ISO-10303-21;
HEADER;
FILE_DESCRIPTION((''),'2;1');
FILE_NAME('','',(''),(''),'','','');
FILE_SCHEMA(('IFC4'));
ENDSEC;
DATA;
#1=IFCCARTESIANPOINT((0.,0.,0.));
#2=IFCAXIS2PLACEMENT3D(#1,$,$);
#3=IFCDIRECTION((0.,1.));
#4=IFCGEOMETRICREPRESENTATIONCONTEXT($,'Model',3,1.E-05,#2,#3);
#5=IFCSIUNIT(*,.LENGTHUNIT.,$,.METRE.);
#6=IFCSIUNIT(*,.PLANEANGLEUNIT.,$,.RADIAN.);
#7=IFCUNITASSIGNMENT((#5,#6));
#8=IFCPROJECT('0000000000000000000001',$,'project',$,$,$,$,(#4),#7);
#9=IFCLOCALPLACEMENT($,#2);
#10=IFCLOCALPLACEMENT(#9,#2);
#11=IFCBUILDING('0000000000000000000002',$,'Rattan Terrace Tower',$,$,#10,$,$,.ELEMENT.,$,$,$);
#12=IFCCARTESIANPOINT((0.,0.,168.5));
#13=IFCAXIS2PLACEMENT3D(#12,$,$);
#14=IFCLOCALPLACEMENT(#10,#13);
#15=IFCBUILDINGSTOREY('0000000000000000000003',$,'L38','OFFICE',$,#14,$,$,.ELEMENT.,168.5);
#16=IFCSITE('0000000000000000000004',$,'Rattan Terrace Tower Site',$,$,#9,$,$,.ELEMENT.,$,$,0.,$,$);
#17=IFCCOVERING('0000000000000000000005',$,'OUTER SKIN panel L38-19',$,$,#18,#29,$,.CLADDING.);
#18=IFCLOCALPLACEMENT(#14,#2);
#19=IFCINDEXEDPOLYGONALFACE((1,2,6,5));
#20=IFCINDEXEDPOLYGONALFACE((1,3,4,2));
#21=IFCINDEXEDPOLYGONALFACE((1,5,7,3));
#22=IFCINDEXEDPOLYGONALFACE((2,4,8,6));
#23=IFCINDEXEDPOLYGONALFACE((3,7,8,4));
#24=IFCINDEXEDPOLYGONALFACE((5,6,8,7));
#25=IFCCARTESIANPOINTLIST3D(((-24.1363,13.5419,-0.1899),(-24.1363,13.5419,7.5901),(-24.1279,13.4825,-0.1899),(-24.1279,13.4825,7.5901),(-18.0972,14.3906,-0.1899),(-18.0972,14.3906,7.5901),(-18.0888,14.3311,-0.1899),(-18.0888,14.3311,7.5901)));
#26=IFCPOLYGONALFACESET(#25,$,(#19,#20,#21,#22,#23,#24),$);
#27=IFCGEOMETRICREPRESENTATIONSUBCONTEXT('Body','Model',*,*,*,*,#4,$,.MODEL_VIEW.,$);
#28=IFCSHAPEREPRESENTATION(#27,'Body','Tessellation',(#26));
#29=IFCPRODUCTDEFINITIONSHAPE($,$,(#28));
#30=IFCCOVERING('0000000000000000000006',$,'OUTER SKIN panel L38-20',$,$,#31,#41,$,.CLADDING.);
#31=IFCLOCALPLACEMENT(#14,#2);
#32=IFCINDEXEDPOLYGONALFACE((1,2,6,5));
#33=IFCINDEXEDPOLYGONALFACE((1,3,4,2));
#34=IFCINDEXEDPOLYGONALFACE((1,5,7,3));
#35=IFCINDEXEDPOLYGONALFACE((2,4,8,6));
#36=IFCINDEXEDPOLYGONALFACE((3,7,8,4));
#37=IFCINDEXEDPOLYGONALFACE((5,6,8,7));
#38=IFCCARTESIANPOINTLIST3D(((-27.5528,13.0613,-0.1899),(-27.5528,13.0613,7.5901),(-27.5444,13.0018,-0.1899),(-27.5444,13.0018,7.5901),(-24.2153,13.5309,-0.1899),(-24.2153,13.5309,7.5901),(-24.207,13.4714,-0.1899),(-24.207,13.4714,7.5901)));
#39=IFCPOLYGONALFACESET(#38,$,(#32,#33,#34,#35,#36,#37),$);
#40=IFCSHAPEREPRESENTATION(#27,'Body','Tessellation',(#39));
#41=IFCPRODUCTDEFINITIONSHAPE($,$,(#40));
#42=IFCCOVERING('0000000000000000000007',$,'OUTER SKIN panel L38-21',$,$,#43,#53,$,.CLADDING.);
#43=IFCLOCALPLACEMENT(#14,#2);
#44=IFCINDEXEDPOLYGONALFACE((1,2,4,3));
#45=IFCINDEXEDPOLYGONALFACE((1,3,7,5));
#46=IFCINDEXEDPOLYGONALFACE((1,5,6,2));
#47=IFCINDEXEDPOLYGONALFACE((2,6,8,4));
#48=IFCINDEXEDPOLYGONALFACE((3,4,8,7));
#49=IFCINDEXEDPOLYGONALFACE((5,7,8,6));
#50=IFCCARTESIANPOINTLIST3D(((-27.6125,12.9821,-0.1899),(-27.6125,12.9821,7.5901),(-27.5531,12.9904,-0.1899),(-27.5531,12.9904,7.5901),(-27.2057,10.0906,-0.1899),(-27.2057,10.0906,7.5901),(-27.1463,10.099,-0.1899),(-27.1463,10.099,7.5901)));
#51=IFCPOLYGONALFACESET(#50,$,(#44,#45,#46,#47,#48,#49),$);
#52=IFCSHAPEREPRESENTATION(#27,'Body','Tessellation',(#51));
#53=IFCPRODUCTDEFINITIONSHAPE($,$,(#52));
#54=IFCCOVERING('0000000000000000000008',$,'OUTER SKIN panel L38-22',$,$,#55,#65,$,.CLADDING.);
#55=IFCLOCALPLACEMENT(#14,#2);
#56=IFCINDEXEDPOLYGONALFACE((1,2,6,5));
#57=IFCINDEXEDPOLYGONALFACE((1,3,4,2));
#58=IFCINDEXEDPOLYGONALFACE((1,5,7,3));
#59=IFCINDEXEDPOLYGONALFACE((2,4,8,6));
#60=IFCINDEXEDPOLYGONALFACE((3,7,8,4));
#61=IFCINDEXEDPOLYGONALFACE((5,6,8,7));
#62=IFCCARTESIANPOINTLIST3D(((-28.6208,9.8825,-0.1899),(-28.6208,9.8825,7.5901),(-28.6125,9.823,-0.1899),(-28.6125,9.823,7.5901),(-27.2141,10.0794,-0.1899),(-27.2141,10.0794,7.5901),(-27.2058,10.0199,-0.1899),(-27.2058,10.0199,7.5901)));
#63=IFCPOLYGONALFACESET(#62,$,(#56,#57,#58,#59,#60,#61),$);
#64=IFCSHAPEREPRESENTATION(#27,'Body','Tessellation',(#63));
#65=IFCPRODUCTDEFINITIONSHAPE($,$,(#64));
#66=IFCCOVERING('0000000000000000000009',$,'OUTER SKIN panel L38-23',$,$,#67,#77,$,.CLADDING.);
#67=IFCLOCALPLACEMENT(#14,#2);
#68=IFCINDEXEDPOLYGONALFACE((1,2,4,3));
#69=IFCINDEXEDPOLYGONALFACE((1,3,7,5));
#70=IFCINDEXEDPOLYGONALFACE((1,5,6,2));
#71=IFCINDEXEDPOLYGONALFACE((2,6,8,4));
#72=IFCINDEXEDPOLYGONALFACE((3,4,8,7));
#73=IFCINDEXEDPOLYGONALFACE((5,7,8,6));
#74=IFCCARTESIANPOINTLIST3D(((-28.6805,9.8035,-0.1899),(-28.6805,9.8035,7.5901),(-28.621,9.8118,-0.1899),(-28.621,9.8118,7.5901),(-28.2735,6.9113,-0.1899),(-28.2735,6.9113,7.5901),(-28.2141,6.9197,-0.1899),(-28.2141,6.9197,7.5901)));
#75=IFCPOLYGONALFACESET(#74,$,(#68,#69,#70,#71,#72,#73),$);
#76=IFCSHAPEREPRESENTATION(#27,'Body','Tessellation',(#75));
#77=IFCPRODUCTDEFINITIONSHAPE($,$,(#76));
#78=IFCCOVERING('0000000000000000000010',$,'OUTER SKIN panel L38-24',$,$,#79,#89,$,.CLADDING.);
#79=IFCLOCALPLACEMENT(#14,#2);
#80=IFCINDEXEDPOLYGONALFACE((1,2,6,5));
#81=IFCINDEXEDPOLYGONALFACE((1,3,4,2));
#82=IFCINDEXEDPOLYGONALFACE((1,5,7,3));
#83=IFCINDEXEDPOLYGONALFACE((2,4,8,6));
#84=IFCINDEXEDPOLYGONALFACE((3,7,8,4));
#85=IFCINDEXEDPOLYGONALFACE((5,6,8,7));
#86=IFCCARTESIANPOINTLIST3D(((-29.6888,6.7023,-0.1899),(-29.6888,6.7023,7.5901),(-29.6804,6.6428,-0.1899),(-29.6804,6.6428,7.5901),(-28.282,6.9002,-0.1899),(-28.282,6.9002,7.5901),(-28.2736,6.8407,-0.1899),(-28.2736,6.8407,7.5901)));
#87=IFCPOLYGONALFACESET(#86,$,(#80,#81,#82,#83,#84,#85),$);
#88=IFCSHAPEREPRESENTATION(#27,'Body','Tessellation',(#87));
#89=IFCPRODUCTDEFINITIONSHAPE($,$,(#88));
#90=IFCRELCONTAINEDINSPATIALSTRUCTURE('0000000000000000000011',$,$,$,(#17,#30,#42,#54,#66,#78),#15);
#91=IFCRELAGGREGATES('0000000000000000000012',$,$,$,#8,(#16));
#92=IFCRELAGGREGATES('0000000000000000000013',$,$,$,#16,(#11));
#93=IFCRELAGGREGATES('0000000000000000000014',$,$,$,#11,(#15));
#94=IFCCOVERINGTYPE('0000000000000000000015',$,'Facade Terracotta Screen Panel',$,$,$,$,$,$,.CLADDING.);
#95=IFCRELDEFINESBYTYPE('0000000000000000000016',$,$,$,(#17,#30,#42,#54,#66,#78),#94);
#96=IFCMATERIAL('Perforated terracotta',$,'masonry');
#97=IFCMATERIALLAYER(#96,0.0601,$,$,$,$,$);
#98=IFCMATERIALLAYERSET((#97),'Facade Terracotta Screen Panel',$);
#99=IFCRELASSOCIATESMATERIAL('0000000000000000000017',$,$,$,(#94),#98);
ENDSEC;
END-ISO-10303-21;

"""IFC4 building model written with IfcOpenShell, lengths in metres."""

from ifc_helpers import new_model, si_unit, direction, frame, origin, origin_2d, place, context, subcontext, project, spatial, rectangle, extrude, material, layer, layer_set, type_object, element, save


model = new_model("IFC4")

# Units and contexts
model_context = context("Model", 3, precision=1e-05, world=origin(), true_north=direction((0.0, 1.0)))
body_context = subcontext(model_context, "Body", "Model", "MODEL_VIEW")
ifc_project = project(units=[si_unit("LENGTHUNIT", "METRE"), si_unit("PLANEANGLEUNIT", "RADIAN")], contexts=[model_context])

# Site, building, storey
site_placement = place(None, origin())
site = spatial("IfcSite", under=ifc_project, at=site_placement, Name="Rattan Terrace Tower Site", CompositionType="ELEMENT", RefElevation=0.0)
building_placement = place(site_placement, origin())
building = spatial("IfcBuilding", under=site, at=building_placement, Name="Rattan Terrace Tower", CompositionType="ELEMENT")
storey_placement = place(building_placement, frame((0.0, 0.0, 168.5)))
storey = spatial("IfcBuildingStorey", under=building, at=storey_placement, Name="L38", Description="OFFICE", CompositionType="ELEMENT", Elevation=168.5)

# Coverings
ifc_material_1 = material(Name="Perforated terracotta", Category="masonry")
ifc_layer_1 = layer(ifc_material_1, 0.0601)
ifc_layer_set_1 = layer_set([ifc_layer_1], Name="Facade Terracotta Screen Panel")
covering_type = type_object("IfcCoveringType", Name="Facade Terracotta Screen Panel", PredefinedType="CLADDING", material=ifc_layer_set_1)
covering_1_placement = place(storey_placement, frame((-21.1125, 13.9365, -0.1899), z_axis=(0.0, 0.0, 1.0), x_axis=(-0.99027, -0.139161, 0.0)))
element("IfcCovering", 1, at=covering_1_placement, inside=storey, type_object=covering_type, Name="OUTER SKIN panel L38-19", PredefinedType="CLADDING", context=body_context, shape_type="SweptSolid", body=[
    extrude(rectangle(XDim=6.0984, YDim=0.0601, at=origin_2d()), origin(), (0.0, 0.0, 1.0), 7.78),
])
covering_2_placement = place(storey_placement, frame((-25.8799, 13.2664, -0.1899), z_axis=(0.0, 0.0, 1.0), x_axis=(-0.990247, -0.139321, 0.0)))
element("IfcCovering", 2, at=covering_2_placement, inside=storey, type_object=covering_type, Name="OUTER SKIN panel L38-20", PredefinedType="CLADDING", context=body_context, shape_type="SweptSolid", body=[
    extrude(rectangle(XDim=3.3704, YDim=0.0601, at=origin_2d()), origin(), (0.0, 0.0, 1.0), 7.78),
])
covering_3_placement = place(storey_placement, frame((-27.3794, 11.5405, -0.1899), z_axis=(0.0, 0.0, 1.0), x_axis=(0.139321, -0.990247, 0.0)))
element("IfcCovering", 3, at=covering_3_placement, inside=storey, type_object=covering_type, Name="OUTER SKIN panel L38-21", PredefinedType="CLADDING", context=body_context, shape_type="SweptSolid", body=[
    extrude(rectangle(XDim=2.9199, YDim=0.0601, at=origin_2d()), origin(), (0.0, 0.0, 1.0), 7.78),
])
covering_4_placement = place(storey_placement, frame((-27.9133, 9.9512, -0.1899), z_axis=(0.0, 0.0, 1.0), x_axis=(-0.990345, -0.138622, 0.0)))
element("IfcCovering", 4, at=covering_4_placement, inside=storey, type_object=covering_type, Name="OUTER SKIN panel L38-22", PredefinedType="CLADDING", context=body_context, shape_type="SweptSolid", body=[
    extrude(rectangle(XDim=1.4204, YDim=0.0601, at=origin_2d()), origin(), (0.0, 0.0, 1.0), 7.78),
])
covering_5_placement = place(storey_placement, frame((-28.4473, 8.3616, -0.1899), z_axis=(0.0, 0.0, 1.0), x_axis=(0.139321, -0.990247, 0.0)))
element("IfcCovering", 5, at=covering_5_placement, inside=storey, type_object=covering_type, Name="OUTER SKIN panel L38-23", PredefinedType="CLADDING", context=body_context, shape_type="SweptSolid", body=[
    extrude(rectangle(XDim=2.9207, YDim=0.0601, at=origin_2d()), origin(), (0.0, 0.0, 1.0), 7.78),
])
covering_6_placement = place(storey_placement, frame((-28.9812, 6.7715, -0.1899), z_axis=(0.0, 0.0, 1.0), x_axis=(-0.990254, -0.139275, 0.0)))
element("IfcCovering", 6, at=covering_6_placement, inside=storey, type_object=covering_type, Name="OUTER SKIN panel L38-24", PredefinedType="CLADDING", context=body_context, shape_type="SweptSolid", body=[
    extrude(rectangle(XDim=1.4207, YDim=0.0601, at=origin_2d()), origin(), (0.0, 0.0, 1.0), 7.78),
])

save(model, "model.ifc")
